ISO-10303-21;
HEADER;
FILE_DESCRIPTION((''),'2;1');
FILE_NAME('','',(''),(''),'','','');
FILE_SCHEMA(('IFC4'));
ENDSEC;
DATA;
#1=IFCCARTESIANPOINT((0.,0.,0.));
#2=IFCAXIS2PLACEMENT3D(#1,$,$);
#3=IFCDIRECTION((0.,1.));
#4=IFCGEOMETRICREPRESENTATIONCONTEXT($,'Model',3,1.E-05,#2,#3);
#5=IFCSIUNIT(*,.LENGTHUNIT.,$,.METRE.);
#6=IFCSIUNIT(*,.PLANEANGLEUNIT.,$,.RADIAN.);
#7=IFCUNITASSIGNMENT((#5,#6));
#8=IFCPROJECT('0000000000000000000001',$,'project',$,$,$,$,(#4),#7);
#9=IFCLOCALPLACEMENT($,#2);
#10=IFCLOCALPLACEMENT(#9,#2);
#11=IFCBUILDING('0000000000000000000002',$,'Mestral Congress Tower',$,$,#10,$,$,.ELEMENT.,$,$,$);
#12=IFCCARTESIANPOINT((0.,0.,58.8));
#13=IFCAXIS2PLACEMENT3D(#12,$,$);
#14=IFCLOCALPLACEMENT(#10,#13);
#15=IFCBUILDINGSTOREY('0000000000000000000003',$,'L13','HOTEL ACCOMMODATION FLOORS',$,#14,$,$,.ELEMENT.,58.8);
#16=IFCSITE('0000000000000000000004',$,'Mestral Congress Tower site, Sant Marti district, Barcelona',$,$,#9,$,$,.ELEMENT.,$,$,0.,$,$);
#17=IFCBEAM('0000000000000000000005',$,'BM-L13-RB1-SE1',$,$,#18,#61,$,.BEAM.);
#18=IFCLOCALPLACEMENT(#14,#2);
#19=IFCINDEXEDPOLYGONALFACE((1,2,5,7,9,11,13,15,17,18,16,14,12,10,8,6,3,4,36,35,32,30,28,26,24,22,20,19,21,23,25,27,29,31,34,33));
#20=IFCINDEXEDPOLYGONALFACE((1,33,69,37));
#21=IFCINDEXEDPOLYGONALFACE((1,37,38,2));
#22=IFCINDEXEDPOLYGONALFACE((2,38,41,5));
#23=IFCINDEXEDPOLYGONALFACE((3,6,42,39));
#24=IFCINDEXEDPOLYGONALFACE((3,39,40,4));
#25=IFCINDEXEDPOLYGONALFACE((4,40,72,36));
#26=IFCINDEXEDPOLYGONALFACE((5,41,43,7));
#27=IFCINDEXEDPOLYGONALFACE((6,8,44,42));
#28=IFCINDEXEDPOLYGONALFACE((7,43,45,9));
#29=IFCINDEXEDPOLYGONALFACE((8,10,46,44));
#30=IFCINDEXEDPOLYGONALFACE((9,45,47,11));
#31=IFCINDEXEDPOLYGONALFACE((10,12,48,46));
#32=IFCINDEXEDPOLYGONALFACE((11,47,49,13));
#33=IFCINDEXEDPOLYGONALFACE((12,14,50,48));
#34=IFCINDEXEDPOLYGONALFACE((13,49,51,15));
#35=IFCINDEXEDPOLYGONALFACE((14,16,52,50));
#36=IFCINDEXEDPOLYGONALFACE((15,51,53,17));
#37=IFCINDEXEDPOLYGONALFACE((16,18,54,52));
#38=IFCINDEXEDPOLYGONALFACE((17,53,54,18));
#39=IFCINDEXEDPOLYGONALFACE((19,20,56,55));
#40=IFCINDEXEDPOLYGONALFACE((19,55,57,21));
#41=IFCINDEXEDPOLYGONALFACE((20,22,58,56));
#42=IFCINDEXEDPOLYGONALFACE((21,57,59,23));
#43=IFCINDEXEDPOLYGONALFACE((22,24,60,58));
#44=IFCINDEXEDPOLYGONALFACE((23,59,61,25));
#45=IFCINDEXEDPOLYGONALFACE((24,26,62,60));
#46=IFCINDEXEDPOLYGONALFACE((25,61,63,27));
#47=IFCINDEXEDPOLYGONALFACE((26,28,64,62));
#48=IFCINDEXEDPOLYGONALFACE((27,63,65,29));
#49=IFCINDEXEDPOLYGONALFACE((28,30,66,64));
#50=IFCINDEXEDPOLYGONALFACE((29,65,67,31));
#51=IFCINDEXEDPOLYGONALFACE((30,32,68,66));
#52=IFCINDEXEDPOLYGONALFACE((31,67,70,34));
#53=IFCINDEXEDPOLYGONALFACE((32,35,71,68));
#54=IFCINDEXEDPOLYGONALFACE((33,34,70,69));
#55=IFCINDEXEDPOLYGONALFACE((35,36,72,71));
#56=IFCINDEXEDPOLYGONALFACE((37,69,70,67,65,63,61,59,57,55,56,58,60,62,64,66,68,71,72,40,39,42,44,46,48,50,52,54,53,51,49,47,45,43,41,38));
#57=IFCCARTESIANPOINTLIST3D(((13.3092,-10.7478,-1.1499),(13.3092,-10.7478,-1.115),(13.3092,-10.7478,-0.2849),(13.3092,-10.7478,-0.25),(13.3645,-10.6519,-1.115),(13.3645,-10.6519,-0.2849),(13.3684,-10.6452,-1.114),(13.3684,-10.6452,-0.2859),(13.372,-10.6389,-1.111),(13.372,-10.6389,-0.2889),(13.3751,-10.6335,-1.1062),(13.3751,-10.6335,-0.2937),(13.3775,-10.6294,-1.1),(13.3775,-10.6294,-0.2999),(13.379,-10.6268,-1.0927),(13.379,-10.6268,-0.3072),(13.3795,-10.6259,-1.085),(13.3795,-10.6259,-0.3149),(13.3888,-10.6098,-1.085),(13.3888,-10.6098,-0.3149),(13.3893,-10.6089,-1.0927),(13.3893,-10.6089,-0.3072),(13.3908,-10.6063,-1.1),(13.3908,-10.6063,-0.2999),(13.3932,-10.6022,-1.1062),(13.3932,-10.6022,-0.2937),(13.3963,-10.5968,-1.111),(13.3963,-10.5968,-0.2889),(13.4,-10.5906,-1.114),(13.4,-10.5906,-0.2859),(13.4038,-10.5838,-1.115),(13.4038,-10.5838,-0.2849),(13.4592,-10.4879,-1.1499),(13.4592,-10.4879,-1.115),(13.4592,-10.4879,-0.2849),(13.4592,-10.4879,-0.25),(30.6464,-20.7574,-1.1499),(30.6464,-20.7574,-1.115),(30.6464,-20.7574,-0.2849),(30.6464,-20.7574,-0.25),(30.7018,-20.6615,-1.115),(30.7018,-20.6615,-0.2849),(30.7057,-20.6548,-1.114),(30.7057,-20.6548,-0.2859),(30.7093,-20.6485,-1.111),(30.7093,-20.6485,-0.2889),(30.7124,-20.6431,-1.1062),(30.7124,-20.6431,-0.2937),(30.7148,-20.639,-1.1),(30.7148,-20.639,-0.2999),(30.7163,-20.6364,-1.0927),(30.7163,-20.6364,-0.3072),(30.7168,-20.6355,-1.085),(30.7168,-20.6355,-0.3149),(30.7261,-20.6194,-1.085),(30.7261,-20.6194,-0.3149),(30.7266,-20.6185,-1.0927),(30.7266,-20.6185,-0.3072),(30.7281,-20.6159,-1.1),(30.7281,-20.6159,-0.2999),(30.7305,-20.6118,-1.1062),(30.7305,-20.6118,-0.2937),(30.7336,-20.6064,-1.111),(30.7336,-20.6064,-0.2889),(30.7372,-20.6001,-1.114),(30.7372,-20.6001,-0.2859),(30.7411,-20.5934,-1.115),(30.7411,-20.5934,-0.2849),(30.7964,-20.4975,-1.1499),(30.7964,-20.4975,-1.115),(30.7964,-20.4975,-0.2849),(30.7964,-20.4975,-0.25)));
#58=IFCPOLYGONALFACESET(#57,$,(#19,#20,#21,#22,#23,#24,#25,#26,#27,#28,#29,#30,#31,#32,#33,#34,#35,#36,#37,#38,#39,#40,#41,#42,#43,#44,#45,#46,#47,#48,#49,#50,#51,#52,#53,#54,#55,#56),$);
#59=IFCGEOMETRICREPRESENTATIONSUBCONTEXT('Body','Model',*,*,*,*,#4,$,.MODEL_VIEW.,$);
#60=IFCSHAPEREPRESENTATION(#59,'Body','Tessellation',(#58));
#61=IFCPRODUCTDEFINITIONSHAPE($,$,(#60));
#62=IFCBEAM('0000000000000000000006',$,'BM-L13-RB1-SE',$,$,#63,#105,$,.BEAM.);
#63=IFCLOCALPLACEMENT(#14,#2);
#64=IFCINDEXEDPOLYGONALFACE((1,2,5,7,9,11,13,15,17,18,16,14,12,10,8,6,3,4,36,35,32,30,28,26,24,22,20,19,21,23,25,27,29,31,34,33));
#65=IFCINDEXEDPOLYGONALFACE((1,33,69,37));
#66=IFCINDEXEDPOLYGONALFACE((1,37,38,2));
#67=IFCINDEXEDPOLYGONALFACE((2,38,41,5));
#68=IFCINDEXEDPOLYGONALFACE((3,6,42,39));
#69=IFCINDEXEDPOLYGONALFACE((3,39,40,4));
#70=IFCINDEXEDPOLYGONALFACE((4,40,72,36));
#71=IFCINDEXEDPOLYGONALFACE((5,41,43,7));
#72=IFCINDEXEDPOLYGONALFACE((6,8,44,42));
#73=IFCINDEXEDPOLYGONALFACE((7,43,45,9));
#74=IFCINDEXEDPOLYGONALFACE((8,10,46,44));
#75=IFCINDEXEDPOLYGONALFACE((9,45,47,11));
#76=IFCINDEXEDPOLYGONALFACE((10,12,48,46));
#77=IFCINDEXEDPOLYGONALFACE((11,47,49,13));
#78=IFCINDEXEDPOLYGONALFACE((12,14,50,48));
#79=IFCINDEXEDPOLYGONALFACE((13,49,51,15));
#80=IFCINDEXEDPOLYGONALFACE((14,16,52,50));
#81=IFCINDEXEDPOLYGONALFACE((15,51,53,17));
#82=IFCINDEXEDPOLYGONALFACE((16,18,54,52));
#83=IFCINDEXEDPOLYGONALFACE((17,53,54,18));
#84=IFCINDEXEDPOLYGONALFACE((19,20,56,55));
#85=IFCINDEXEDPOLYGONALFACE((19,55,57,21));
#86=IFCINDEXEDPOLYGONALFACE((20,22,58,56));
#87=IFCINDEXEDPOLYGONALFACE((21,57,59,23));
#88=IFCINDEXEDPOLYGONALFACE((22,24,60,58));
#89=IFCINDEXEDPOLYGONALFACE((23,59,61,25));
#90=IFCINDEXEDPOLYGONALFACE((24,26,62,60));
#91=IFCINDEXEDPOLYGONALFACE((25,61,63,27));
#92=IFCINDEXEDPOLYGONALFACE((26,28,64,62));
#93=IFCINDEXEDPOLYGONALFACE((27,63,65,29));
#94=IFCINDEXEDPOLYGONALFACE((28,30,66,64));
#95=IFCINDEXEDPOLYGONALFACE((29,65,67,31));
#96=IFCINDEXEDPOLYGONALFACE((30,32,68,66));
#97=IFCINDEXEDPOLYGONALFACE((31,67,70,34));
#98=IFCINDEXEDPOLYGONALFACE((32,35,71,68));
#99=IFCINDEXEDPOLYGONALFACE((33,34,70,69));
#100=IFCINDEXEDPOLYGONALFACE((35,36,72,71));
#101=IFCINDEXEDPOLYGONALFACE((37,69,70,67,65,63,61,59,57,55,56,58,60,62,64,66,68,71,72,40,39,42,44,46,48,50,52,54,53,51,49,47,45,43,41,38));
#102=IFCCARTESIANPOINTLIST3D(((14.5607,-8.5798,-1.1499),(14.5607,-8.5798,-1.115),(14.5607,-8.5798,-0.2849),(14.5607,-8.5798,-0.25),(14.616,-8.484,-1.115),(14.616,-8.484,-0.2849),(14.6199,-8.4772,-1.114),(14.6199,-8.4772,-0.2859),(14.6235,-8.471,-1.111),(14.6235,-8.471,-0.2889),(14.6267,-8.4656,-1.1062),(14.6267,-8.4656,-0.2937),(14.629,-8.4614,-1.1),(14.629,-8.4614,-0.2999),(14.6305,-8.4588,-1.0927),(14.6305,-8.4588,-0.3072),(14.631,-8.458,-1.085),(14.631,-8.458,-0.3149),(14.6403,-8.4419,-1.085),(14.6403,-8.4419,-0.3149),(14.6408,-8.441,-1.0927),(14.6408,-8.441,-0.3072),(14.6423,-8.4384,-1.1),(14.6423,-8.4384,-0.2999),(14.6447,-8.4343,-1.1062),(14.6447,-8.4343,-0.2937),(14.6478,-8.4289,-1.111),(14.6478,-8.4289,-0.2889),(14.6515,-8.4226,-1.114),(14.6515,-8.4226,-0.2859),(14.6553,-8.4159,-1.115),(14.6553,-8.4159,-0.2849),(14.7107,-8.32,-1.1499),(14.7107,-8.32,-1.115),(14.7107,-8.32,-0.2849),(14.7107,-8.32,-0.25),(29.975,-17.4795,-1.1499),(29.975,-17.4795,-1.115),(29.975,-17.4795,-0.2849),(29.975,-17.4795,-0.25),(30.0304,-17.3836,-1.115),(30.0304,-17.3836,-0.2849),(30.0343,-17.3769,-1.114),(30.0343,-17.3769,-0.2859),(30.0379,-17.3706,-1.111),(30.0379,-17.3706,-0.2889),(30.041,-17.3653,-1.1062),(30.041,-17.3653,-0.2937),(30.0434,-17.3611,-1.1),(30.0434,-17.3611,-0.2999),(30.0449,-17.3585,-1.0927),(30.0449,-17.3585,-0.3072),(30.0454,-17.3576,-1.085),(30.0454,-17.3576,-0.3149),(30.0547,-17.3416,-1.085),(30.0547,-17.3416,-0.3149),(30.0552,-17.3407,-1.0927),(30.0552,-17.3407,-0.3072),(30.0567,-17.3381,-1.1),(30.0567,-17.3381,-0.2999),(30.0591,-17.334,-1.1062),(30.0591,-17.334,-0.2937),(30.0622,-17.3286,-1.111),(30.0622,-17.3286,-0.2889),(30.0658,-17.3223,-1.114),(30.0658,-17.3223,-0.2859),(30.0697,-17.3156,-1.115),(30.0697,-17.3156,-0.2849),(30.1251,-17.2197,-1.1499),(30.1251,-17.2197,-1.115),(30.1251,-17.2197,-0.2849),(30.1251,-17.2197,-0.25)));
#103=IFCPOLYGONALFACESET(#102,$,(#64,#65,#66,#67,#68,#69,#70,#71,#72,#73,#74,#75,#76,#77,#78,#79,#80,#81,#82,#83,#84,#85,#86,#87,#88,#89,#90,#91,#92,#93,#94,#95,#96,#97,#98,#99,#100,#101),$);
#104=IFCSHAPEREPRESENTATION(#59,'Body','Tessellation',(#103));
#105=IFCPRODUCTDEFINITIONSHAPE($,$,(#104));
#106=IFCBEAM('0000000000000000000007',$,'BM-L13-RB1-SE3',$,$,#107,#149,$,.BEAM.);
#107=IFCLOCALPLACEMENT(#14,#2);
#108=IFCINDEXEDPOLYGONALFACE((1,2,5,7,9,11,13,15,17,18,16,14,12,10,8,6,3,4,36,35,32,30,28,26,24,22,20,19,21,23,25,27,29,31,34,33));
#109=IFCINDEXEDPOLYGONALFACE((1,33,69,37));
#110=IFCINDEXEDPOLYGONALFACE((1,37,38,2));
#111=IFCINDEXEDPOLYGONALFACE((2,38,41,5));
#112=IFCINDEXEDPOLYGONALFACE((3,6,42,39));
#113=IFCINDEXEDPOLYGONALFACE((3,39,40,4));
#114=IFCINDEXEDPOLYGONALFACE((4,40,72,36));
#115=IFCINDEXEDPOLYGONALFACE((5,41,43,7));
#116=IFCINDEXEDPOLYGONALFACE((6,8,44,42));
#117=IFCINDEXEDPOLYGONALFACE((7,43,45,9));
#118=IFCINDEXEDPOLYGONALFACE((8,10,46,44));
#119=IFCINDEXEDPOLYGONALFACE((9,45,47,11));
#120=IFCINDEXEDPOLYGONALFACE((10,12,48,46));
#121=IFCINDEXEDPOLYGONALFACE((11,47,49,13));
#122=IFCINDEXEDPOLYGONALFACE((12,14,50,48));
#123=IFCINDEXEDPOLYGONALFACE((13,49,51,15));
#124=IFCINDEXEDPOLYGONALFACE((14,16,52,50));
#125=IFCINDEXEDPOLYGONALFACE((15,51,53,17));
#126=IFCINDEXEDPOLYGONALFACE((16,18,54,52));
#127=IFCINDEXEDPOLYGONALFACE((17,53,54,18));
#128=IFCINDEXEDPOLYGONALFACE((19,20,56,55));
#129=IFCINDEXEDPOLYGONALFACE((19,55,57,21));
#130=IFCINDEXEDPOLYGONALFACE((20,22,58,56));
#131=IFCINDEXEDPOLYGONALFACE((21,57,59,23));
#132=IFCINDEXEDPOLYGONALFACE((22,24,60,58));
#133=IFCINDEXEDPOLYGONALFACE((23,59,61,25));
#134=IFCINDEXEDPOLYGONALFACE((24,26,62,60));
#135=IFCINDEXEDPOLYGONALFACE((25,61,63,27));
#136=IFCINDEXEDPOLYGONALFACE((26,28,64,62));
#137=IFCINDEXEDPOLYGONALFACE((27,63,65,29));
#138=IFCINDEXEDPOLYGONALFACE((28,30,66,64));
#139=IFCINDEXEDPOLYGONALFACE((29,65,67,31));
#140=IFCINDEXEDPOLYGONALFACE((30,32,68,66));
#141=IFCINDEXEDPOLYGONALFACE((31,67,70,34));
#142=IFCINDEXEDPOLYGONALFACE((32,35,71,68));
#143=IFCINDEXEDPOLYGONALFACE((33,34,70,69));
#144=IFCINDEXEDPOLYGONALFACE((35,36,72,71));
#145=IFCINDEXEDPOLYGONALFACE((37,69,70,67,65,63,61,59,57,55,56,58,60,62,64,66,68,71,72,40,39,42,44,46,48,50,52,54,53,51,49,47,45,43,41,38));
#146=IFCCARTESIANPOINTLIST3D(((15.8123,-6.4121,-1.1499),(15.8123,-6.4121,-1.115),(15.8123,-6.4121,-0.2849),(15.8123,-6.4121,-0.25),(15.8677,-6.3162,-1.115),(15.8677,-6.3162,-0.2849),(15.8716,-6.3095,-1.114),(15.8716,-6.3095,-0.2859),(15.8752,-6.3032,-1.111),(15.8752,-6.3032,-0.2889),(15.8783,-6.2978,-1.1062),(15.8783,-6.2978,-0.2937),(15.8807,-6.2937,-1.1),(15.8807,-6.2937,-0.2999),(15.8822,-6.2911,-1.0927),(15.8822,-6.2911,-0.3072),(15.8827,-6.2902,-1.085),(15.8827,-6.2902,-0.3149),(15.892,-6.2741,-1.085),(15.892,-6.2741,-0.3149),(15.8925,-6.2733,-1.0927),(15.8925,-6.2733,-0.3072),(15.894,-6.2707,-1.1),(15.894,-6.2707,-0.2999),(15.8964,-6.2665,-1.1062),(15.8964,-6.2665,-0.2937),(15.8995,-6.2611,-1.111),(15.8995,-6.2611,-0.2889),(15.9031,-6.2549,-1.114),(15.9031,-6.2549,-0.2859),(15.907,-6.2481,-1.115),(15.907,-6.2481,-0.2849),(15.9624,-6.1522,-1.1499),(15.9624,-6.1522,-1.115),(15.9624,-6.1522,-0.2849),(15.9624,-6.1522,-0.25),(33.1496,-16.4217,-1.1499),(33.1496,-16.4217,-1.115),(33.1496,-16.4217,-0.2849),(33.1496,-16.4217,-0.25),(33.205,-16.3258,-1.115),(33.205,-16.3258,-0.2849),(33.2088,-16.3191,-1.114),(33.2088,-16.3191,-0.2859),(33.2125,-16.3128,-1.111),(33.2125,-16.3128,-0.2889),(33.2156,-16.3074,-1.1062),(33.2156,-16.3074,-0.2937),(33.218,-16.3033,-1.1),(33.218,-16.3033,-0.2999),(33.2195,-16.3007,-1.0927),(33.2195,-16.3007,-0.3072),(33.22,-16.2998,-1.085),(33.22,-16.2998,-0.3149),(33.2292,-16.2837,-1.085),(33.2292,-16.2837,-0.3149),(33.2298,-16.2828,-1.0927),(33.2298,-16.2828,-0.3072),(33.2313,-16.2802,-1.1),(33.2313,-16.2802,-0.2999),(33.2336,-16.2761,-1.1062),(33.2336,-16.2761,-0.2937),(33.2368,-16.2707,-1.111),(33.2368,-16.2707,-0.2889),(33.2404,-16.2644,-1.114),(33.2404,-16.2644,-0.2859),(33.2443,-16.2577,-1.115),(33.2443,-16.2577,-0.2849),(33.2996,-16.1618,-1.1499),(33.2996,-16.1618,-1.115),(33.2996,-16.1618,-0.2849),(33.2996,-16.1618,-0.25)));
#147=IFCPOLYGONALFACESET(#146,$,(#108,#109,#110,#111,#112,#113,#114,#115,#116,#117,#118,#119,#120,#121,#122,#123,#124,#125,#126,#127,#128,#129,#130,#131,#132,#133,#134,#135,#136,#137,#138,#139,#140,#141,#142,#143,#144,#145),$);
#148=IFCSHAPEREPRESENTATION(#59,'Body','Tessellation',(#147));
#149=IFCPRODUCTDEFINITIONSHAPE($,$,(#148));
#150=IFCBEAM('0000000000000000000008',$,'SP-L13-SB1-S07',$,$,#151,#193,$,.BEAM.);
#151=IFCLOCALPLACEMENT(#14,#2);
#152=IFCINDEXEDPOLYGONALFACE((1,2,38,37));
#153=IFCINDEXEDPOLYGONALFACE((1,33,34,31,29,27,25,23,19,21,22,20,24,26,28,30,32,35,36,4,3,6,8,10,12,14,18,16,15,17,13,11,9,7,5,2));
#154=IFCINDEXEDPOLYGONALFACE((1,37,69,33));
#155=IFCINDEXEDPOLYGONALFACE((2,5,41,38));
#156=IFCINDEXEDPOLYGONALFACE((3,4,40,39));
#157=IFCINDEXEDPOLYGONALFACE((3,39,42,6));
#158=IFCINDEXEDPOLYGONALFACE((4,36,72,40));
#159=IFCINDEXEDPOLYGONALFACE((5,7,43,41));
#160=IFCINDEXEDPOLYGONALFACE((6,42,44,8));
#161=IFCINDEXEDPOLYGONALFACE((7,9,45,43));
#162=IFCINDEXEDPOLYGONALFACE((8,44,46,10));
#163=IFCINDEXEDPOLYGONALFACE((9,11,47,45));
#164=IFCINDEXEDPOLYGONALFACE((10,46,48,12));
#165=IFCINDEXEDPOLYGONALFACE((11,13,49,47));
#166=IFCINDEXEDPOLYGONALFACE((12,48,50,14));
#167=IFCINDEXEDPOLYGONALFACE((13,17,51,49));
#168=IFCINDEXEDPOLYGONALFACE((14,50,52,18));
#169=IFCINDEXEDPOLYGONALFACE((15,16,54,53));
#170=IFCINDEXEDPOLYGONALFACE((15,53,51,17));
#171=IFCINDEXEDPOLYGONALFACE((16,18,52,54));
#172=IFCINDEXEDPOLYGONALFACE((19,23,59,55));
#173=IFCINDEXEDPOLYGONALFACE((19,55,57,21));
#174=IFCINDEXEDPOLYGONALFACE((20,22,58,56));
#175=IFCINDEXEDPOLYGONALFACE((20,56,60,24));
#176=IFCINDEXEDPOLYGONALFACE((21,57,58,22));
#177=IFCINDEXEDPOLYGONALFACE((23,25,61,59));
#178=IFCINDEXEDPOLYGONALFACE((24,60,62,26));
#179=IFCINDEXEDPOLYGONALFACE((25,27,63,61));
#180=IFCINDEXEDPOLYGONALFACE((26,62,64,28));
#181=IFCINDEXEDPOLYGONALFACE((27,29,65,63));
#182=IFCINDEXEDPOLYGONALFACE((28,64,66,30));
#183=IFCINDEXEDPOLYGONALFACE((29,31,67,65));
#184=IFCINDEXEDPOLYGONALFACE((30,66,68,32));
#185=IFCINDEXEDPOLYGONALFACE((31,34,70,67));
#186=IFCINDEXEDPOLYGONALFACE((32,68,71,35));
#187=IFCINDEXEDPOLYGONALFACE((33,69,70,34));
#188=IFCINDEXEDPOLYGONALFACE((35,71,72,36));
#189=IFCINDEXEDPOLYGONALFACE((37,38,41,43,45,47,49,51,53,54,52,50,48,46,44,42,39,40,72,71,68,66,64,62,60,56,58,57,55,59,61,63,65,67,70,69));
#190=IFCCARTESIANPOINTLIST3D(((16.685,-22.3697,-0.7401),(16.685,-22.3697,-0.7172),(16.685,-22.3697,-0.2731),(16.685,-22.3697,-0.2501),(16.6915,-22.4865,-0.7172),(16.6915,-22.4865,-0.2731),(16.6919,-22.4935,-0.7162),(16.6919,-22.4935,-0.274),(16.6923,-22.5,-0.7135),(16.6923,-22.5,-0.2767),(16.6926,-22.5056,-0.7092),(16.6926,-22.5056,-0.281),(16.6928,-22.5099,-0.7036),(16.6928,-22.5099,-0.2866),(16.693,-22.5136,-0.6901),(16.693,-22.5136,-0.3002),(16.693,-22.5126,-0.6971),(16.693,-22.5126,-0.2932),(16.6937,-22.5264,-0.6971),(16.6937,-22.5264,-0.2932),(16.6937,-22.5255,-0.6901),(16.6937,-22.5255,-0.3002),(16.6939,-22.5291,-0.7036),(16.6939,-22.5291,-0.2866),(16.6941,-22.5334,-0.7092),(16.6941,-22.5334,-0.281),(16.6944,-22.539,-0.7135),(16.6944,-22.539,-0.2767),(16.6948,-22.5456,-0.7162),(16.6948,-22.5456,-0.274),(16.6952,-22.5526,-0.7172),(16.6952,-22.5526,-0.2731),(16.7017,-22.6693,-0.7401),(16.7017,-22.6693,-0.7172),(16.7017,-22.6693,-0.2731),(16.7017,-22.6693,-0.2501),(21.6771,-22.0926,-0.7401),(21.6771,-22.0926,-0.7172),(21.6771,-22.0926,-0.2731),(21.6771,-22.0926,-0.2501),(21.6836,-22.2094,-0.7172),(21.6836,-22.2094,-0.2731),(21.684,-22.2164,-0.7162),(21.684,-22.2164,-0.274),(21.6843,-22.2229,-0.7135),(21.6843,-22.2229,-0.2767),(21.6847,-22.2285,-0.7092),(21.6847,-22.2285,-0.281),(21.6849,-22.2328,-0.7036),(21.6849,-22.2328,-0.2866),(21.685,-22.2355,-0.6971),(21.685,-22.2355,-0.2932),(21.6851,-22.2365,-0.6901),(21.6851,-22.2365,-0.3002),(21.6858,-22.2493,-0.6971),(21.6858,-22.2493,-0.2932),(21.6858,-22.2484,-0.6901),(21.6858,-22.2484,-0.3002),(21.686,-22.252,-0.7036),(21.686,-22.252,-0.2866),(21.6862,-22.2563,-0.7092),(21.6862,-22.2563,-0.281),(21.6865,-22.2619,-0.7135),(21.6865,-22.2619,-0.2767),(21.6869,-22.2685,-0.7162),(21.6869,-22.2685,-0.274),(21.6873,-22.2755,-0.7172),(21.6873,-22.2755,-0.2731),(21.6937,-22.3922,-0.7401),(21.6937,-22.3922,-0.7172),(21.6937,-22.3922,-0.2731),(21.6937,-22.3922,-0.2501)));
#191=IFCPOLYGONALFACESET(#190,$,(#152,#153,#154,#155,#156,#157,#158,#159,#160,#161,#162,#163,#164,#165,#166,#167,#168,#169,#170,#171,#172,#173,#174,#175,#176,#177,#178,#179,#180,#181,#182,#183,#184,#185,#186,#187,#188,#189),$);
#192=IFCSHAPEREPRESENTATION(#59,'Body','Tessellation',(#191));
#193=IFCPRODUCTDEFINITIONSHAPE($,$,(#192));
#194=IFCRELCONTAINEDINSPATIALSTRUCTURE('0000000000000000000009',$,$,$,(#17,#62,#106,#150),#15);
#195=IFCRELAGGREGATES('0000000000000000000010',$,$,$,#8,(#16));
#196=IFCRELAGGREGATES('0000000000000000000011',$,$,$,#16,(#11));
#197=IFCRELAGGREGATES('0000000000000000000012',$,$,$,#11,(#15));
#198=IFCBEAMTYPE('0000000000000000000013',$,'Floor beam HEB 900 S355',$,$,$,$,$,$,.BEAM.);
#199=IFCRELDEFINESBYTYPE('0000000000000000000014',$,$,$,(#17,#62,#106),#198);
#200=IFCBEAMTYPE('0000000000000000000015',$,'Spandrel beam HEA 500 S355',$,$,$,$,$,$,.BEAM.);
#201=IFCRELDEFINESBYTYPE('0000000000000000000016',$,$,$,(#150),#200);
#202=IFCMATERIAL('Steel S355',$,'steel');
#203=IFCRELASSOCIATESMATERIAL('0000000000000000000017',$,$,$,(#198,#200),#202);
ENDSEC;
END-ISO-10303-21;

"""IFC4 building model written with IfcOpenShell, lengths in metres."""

from ifc_helpers import new_model, si_unit, direction, frame, origin, origin_2d, place, context, subcontext, project, spatial, i_section, extrude, material, material_profile, profile_set, type_object, element, save


model = new_model("IFC4")

# Units and contexts
model_context = context("Model", 3, precision=1e-05, world=origin(), true_north=direction((0.0, 1.0)))
body_context = subcontext(model_context, "Body", "Model", "MODEL_VIEW")
ifc_project = project(units=[si_unit("LENGTHUNIT", "METRE"), si_unit("PLANEANGLEUNIT", "RADIAN")], contexts=[model_context])

# Site, building, storey
site_placement = place(None, origin())
site = spatial("IfcSite", under=ifc_project, at=site_placement, Name="Mestral Congress Tower site, Sant Marti district, Barcelona", CompositionType="ELEMENT", RefElevation=0.0)
building_placement = place(site_placement, origin())
building = spatial("IfcBuilding", under=site, at=building_placement, Name="Mestral Congress Tower", CompositionType="ELEMENT")
storey_placement = place(building_placement, frame((0.0, 0.0, 58.8)))
storey = spatial("IfcBuildingStorey", under=building, at=storey_placement, Name="L13", Description="HOTEL ACCOMMODATION FLOORS", CompositionType="ELEMENT", Elevation=58.8)

# Beams
ifc_material_1 = material(Name="Steel S355", Category="steel")
ifc_material_profile_1 = material_profile(ifc_material_1, i_section(OverallWidth=0.3, OverallDepth=0.8999, WebThickness=0.0186, FlangeThickness=0.0349, FilletRadius=0.03, at=origin_2d()), Name="HEB 900")
ifc_profile_set_1 = profile_set([ifc_material_profile_1], Name="Steel S355")
beam_type_1 = type_object("IfcBeamType", Name="Floor beam HEB 900 S355", PredefinedType="BEAM", material=ifc_profile_set_1)
beam_1_placement = place(storey_placement, frame((30.7214, -20.6274, -0.7), z_axis=(-0.866027, 0.499997, 0.0), x_axis=(-0.499997, -0.866027, 0.0)))
element("IfcBeam", 1, at=beam_1_placement, inside=storey, type_object=beam_type_1, Name="BM-L13-RB1-SE1", PredefinedType="BEAM", context=body_context, shape_type="SweptSolid", body=[
    extrude(i_section(OverallWidth=0.3, OverallDepth=0.8999, WebThickness=0.0186, FlangeThickness=0.0349, FilletRadius=0.03, at=origin_2d()), origin(), (0.0, 0.0, 1.0), 20.0193),
])
beam_2_placement = place(storey_placement, frame((30.05, -17.3496, -0.7), z_axis=(-0.86602, 0.500009, 0.0), x_axis=(-0.500009, -0.86602, 0.0)))
element("IfcBeam", 2, at=beam_2_placement, inside=storey, type_object=beam_type_1, Name="BM-L13-RB1-SE", PredefinedType="BEAM", context=body_context, shape_type="SweptSolid", body=[
    extrude(i_section(OverallWidth=0.3, OverallDepth=0.8999, WebThickness=0.0186, FlangeThickness=0.0349, FilletRadius=0.03, at=origin_2d()), origin(), (0.0, 0.0, 1.0), 17.7991),
])
beam_3_placement = place(storey_placement, frame((33.2246, -16.2917, -0.7), z_axis=(-0.866027, 0.499997, 0.0), x_axis=(-0.499997, -0.866027, 0.0)))
element("IfcBeam", 3, at=beam_3_placement, inside=storey, type_object=beam_type_1, Name="BM-L13-RB1-SE3", PredefinedType="BEAM", context=body_context, shape_type="SweptSolid", body=[
    extrude(i_section(OverallWidth=0.3, OverallDepth=0.8999, WebThickness=0.0186, FlangeThickness=0.0349, FilletRadius=0.03, at=origin_2d()), origin(), (0.0, 0.0, 1.0), 20.0193),
])
ifc_material_profile_2 = material_profile(ifc_material_1, i_section(OverallWidth=0.3, OverallDepth=0.49, WebThickness=0.012, FlangeThickness=0.0229, FilletRadius=0.0271, at=origin_2d()), Name="HEA 500")
ifc_profile_set_2 = profile_set([ifc_material_profile_2], Name="Steel S355")
beam_type_2 = type_object("IfcBeamType", Name="Spandrel beam HEA 500 S355", PredefinedType="BEAM", material=ifc_profile_set_2)
beam_4_placement = place(storey_placement, frame((16.6934, -22.5195, -0.4951), z_axis=(0.998463, 0.055421, 0.0), x_axis=(-0.055421, 0.998463, 0.0)))
element("IfcBeam", 4, at=beam_4_placement, inside=storey, type_object=beam_type_2, Name="SP-L13-SB1-S07", PredefinedType="BEAM", context=body_context, shape_type="SweptSolid", body=[
    extrude(i_section(OverallWidth=0.3, OverallDepth=0.49, WebThickness=0.012, FlangeThickness=0.0229, FilletRadius=0.0271, at=origin_2d()), origin(), (0.0, 0.0, 1.0), 4.9998),
])

save(model, "model.ifc")
